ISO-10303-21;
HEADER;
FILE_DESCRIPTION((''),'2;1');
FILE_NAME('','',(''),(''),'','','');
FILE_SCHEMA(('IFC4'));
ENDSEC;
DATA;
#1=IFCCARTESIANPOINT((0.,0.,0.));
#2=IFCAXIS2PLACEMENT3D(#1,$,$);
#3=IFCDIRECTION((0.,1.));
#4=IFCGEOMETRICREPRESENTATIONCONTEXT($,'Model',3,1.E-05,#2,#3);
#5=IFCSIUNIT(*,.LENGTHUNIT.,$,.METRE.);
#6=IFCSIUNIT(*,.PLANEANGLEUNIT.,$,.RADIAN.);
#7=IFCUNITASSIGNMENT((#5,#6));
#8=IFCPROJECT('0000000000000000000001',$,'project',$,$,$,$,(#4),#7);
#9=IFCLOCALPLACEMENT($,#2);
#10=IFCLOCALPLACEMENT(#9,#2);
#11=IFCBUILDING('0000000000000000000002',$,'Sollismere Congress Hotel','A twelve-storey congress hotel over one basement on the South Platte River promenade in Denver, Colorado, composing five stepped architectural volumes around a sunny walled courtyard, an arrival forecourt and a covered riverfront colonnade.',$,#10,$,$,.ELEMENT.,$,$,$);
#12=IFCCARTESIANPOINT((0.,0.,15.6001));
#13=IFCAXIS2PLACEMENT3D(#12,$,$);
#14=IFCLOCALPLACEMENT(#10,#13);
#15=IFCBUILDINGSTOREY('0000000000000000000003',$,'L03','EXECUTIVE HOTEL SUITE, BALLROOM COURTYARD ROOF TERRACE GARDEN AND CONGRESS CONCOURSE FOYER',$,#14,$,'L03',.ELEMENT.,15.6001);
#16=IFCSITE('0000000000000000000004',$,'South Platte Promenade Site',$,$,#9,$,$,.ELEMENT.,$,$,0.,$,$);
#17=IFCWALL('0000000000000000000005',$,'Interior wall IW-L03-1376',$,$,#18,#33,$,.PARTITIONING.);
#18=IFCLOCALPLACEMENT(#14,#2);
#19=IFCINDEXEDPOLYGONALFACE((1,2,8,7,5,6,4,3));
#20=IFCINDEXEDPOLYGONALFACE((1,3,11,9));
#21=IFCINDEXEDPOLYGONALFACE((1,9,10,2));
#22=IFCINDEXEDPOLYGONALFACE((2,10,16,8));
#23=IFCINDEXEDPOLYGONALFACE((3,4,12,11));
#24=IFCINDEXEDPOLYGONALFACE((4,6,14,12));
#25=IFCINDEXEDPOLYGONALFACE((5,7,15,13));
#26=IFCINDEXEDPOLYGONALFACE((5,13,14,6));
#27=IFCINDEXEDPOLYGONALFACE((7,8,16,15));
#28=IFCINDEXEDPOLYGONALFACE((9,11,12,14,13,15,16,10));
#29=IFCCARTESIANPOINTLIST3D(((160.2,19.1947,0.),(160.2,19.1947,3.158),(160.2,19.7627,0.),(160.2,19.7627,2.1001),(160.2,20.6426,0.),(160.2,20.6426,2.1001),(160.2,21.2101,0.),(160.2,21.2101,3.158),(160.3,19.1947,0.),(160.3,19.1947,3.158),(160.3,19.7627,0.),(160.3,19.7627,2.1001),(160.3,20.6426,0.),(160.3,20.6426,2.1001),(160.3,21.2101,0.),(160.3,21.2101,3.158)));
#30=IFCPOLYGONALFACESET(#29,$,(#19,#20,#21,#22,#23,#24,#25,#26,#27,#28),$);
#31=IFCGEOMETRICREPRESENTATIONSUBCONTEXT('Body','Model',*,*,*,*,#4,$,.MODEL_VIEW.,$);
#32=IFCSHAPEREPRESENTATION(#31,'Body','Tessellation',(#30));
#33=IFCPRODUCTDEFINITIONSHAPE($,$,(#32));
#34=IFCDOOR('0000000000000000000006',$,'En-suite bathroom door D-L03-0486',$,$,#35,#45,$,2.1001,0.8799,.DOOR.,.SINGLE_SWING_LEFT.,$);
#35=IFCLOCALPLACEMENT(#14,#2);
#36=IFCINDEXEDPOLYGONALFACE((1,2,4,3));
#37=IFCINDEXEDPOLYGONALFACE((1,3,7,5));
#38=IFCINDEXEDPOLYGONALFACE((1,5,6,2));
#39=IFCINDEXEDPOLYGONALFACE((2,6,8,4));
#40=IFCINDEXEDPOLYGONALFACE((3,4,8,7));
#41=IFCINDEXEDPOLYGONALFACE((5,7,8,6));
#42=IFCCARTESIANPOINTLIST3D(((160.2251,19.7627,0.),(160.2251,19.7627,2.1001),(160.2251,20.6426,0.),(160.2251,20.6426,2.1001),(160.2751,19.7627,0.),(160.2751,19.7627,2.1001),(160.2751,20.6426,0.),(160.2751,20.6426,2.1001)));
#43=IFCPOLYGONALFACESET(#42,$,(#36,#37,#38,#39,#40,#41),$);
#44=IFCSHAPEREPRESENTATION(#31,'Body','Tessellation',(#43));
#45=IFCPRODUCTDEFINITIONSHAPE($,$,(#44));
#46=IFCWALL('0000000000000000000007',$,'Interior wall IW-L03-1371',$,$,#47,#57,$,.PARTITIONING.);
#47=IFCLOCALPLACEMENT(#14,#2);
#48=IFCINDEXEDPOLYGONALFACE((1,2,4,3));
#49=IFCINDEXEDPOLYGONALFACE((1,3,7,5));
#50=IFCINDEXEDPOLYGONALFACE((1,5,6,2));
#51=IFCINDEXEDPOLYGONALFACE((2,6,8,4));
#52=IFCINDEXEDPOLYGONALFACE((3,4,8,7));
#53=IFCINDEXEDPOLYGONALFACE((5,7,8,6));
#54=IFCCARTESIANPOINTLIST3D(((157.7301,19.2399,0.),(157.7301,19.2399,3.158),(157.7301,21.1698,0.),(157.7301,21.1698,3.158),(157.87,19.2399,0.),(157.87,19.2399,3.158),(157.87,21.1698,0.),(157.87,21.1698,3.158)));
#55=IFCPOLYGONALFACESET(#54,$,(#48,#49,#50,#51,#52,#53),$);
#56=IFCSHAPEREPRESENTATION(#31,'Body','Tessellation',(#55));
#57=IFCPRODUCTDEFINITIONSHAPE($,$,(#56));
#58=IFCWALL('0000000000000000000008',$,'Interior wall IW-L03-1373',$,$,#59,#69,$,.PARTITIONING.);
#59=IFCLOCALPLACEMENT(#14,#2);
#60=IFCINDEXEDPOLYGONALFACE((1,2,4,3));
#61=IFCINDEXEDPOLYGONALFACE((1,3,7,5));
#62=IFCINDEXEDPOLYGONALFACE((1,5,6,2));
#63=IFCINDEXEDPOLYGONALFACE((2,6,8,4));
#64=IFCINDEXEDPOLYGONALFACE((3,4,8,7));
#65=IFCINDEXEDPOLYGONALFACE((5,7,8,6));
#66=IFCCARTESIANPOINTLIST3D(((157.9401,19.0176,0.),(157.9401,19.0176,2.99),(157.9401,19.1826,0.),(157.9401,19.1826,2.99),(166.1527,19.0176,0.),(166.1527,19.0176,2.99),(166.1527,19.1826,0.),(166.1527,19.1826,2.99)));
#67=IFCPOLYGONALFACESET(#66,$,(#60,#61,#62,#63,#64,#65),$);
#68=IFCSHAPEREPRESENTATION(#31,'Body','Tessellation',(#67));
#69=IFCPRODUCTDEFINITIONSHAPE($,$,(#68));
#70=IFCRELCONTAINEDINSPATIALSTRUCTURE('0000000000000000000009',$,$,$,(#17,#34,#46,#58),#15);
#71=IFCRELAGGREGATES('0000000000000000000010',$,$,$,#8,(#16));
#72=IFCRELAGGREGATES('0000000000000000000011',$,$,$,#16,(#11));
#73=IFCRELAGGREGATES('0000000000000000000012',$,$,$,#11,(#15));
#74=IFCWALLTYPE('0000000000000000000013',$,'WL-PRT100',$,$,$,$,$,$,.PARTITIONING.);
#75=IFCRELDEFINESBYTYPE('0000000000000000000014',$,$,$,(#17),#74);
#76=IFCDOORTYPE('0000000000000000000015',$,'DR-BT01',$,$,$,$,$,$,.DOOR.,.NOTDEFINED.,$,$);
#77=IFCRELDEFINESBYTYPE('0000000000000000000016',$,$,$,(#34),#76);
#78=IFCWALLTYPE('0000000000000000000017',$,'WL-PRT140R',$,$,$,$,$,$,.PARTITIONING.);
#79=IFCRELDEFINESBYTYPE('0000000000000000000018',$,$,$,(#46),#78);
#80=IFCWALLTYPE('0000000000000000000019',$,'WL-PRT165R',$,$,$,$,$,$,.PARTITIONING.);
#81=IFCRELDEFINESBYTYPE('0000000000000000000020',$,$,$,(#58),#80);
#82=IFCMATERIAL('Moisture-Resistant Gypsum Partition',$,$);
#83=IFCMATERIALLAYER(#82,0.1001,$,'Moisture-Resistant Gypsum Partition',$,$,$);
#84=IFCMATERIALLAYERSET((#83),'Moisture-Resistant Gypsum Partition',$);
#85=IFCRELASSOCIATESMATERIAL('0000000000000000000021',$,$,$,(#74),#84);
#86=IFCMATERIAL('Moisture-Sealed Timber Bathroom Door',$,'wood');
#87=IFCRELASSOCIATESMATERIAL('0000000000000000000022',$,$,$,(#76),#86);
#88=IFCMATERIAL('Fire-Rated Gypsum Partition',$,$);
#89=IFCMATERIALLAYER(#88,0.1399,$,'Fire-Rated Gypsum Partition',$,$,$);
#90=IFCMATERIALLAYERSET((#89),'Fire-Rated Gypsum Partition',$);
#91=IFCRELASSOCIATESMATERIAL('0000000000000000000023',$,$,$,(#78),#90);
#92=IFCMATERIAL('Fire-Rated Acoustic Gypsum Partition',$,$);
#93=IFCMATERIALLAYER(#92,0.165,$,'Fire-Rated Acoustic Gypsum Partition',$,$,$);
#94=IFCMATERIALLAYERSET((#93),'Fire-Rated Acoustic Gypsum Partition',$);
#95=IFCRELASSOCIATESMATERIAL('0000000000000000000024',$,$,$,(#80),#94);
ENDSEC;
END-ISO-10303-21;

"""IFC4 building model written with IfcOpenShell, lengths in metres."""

from ifc_helpers import new_model, si_unit, direction, frame, frame_2d, origin, place, context, subcontext, project, spatial, rectangle, extrude, material, layer, layer_set, type_object, element, fill, save


model = new_model("IFC4")

# Units and contexts
model_context = context("Model", 3, precision=1e-05, world=origin(), true_north=direction((0.0, 1.0)))
body_context = subcontext(model_context, "Body", "Model", "MODEL_VIEW")
ifc_project = project(units=[si_unit("LENGTHUNIT", "METRE"), si_unit("PLANEANGLEUNIT", "RADIAN")], contexts=[model_context])

# Site, building, storey
site_placement = place(None, origin())
site = spatial("IfcSite", under=ifc_project, at=site_placement, Name="South Platte Promenade Site", CompositionType="ELEMENT", RefElevation=0.0)
building_placement = place(site_placement, origin())
building = spatial("IfcBuilding", under=site, at=building_placement, Name="Sollismere Congress Hotel", Description="A twelve-storey congress hotel over one basement on the South Platte River promenade in Denver, Colorado, composing five stepped architectural volumes around a sunny walled courtyard, an arrival forecourt and a covered riverfront colonnade.", CompositionType="ELEMENT")
storey_placement = place(building_placement, frame((0.0, 0.0, 15.6001)))
storey = spatial("IfcBuildingStorey", under=building, at=storey_placement, Name="L03", Description="EXECUTIVE HOTEL SUITE, BALLROOM COURTYARD ROOF TERRACE GARDEN AND CONGRESS CONCOURSE FOYER", LongName="L03", CompositionType="ELEMENT", Elevation=15.6001)

# Wall, opening, door
ifc_material_1 = material(Name="Moisture-Resistant Gypsum Partition")
ifc_layer_1 = layer(ifc_material_1, 0.1001, Name="Moisture-Resistant Gypsum Partition")
ifc_layer_set_1 = layer_set([ifc_layer_1], Name="Moisture-Resistant Gypsum Partition")
wall_type_1 = type_object("IfcWallType", Name="WL-PRT100", PredefinedType="PARTITIONING", material=ifc_layer_set_1)
wall_1_placement = place(storey_placement, frame((160.25, 19.1946, 0.0), z_axis=(0.0, 0.0, 1.0), x_axis=(0.0, 1.0, 0.0)))
wall_1 = element("IfcWall", 1, at=wall_1_placement, inside=storey, type_object=wall_type_1, Name="Interior wall IW-L03-1376", PredefinedType="PARTITIONING", context=body_context, shape_type="SweptSolid", body=[
    extrude(rectangle(XDim=2.0154, YDim=0.1001, at=frame_2d((1.0078, 0.0))), origin(), (0.0, 0.0, 1.0), 3.158),
])
opening_1_placement = place(wall_1_placement, frame((0.5681, 0.0, 0.0)))
opening_1 = element("IfcOpeningElement", 2, at=opening_1_placement, cuts=wall_1, PredefinedType="OPENING", context=body_context, shape_type="SweptSolid", body=[
    extrude(rectangle(XDim=0.8799, YDim=2.1001, at=frame_2d((0.4399, 1.05))), frame((0.0, 0.0601, 0.0), z_axis=(0.0, -1.0, 0.0), x_axis=(1.0, 0.0, 0.0)), (0.0, 0.0, 1.0), 0.1201),
])
ifc_material_2 = material(Name="Moisture-Sealed Timber Bathroom Door", Category="wood")
door_type_1 = type_object("IfcDoorType", Name="DR-BT01", OperationType="NOTDEFINED", PredefinedType="DOOR", material=ifc_material_2)
door_1_placement = place(opening_1_placement, origin())
door_1 = element("IfcDoor", 3, at=door_1_placement, inside=storey, type_object=door_type_1, Name="En-suite bathroom door D-L03-0486", OperationType="SINGLE_SWING_LEFT", OverallHeight=2.1001, OverallWidth=0.8799, PredefinedType="DOOR", context=body_context, shape_type="SweptSolid", body=[
    extrude(rectangle(XDim=0.8799, YDim=2.1001, at=frame_2d((0.4399, 1.05))), frame((0.0, 0.0249, 0.0), z_axis=(0.0, -1.0, 0.0), x_axis=(1.0, 0.0, 0.0)), (0.0, 0.0, 1.0), 0.05),
])
fill(opening_1, door_1)

# Wall
ifc_material_3 = material(Name="Fire-Rated Gypsum Partition")
ifc_layer_2 = layer(ifc_material_3, 0.1399, Name="Fire-Rated Gypsum Partition")
ifc_layer_set_2 = layer_set([ifc_layer_2], Name="Fire-Rated Gypsum Partition")
wall_type_2 = type_object("IfcWallType", Name="WL-PRT140R", PredefinedType="PARTITIONING", material=ifc_layer_set_2)
wall_2_placement = place(storey_placement, frame((157.8, 19.24, 0.0), z_axis=(0.0, 0.0, 1.0), x_axis=(0.0, 1.0, 0.0)))
element("IfcWall", 4, at=wall_2_placement, inside=storey, type_object=wall_type_2, Name="Interior wall IW-L03-1371", PredefinedType="PARTITIONING", context=body_context, shape_type="SweptSolid", body=[
    extrude(rectangle(XDim=1.9299, YDim=0.1399, at=frame_2d((0.9648, 0.0))), origin(), (0.0, 0.0, 1.0), 3.158),
])

# Wall
ifc_material_4 = material(Name="Fire-Rated Acoustic Gypsum Partition")
ifc_layer_3 = layer(ifc_material_4, 0.165, Name="Fire-Rated Acoustic Gypsum Partition")
ifc_layer_set_3 = layer_set([ifc_layer_3], Name="Fire-Rated Acoustic Gypsum Partition")
wall_type_3 = type_object("IfcWallType", Name="WL-PRT165R", PredefinedType="PARTITIONING", material=ifc_layer_set_3)
wall_3_placement = place(storey_placement, frame((157.9399, 19.1001, 0.0), z_axis=(0.0, 0.0, 1.0), x_axis=(1.0, 0.0, 0.0)))
element("IfcWall", 5, at=wall_3_placement, inside=storey, type_object=wall_type_3, Name="Interior wall IW-L03-1373", PredefinedType="PARTITIONING", context=body_context, shape_type="SweptSolid", body=[
    extrude(rectangle(XDim=8.2126, YDim=0.165, at=frame_2d((4.1064, 0.0))), origin(), (0.0, 0.0, 1.0), 2.99),
])

save(model, "model.ifc")
